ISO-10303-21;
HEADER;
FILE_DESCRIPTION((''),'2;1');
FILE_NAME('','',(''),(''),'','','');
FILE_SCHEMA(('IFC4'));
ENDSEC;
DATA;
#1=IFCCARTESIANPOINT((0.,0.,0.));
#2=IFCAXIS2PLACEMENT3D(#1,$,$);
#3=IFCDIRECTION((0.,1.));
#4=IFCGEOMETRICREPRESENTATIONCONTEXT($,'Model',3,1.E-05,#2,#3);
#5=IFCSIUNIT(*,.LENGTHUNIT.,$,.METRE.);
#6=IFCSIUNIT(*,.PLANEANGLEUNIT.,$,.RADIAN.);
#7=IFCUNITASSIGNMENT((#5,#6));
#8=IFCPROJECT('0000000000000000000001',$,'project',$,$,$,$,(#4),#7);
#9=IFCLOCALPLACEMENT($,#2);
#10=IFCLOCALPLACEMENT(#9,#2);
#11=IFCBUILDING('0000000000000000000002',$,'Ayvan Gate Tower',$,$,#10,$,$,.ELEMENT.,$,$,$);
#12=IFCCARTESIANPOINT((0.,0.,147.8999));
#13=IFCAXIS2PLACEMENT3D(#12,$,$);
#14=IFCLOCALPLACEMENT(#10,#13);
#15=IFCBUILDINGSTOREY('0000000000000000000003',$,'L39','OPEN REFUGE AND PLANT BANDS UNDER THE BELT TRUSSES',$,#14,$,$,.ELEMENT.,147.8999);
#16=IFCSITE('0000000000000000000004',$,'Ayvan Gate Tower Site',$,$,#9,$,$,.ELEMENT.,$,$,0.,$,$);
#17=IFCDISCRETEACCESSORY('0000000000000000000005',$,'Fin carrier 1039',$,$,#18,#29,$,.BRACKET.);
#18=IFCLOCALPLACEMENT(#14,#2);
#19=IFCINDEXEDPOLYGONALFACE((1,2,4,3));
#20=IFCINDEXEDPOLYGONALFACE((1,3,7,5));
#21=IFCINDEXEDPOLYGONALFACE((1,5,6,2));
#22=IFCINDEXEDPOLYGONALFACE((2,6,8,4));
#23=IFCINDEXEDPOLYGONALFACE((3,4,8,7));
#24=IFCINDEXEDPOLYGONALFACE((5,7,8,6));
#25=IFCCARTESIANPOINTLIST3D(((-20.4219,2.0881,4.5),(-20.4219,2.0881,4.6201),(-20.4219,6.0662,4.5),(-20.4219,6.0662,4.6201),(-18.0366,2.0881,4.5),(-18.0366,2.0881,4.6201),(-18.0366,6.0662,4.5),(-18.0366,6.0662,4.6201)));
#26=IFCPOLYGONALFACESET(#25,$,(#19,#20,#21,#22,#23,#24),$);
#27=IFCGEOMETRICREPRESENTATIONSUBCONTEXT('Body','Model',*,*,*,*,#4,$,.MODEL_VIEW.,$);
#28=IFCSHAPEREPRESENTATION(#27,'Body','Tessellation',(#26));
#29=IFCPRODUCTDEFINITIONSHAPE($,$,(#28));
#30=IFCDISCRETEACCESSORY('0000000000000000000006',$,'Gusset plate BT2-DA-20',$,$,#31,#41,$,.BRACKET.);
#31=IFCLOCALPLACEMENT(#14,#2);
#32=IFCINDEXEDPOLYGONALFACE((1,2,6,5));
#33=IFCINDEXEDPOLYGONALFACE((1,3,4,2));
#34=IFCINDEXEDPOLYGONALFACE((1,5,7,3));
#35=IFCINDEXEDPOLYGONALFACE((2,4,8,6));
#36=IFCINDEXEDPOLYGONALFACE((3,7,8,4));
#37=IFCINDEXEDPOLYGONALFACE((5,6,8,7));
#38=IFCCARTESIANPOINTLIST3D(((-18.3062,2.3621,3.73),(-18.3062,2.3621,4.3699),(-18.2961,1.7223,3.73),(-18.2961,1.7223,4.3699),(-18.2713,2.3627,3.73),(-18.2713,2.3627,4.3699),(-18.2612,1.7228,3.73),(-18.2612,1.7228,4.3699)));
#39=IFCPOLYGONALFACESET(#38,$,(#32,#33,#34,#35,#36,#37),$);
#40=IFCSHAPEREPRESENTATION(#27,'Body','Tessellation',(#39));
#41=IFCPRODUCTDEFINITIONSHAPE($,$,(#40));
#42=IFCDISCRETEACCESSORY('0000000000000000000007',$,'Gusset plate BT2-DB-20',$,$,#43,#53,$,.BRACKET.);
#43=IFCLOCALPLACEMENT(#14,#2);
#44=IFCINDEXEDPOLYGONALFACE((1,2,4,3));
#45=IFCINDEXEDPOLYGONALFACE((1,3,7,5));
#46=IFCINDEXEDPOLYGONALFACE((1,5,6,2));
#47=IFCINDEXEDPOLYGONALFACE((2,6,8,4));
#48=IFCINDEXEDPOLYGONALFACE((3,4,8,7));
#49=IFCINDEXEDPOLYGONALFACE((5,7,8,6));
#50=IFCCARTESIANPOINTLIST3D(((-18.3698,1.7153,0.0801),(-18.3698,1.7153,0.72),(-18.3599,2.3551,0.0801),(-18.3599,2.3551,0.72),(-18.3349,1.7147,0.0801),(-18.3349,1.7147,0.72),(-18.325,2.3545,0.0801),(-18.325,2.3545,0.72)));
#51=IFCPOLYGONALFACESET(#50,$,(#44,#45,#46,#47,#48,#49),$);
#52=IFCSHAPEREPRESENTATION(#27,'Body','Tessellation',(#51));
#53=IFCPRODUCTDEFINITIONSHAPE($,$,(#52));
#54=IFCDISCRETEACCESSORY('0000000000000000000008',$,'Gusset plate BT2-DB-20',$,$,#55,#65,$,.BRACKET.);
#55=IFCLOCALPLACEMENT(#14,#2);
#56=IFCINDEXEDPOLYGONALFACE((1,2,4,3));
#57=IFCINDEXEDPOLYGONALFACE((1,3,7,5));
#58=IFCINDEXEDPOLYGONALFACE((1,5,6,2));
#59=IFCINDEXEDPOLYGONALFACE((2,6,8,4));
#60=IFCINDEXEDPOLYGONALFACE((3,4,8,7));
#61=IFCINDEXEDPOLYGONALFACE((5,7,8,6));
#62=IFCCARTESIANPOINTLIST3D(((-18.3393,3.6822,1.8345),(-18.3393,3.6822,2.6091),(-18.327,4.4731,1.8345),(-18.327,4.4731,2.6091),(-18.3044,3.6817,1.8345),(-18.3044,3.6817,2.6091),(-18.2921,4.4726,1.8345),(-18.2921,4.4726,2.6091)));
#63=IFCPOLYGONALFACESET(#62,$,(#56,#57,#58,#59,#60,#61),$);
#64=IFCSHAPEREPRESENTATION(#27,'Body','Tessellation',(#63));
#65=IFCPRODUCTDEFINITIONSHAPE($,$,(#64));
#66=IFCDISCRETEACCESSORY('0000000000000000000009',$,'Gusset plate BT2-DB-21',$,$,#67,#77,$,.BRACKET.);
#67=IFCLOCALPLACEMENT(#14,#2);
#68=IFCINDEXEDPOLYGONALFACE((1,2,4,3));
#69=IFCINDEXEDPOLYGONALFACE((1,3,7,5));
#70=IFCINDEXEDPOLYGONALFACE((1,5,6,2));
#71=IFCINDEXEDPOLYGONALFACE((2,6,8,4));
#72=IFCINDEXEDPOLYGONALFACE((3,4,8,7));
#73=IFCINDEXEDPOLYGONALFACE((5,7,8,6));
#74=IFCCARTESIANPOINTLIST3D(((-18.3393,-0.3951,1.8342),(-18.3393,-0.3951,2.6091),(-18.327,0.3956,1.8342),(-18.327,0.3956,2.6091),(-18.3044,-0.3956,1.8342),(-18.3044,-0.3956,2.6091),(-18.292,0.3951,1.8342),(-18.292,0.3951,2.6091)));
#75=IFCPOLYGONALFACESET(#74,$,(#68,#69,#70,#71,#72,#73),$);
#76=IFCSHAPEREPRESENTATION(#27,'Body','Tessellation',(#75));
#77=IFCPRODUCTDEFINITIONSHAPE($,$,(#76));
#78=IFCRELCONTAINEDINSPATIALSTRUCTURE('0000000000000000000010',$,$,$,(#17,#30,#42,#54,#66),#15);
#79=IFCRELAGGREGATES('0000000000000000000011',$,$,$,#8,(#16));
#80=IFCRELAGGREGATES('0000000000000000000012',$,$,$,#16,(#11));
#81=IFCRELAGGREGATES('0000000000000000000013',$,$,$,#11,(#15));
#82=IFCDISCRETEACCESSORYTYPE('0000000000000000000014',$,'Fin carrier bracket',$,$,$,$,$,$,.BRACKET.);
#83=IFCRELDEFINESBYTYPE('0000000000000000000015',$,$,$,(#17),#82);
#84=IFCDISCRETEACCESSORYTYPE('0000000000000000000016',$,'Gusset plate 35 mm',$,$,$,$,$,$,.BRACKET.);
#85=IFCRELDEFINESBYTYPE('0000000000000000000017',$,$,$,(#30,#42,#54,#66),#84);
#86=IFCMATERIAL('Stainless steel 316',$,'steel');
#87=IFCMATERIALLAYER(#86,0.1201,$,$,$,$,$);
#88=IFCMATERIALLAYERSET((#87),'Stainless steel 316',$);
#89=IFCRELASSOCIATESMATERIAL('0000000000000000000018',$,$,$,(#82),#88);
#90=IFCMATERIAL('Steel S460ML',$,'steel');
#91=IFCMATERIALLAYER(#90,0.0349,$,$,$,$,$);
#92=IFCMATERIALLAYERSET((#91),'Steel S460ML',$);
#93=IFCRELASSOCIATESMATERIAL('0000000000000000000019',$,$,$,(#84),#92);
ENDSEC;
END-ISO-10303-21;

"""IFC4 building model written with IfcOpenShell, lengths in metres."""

from ifc_helpers import new_model, si_unit, direction, frame, origin, origin_2d, place, context, subcontext, project, spatial, rectangle, extrude, material, layer, layer_set, type_object, element, save


model = new_model("IFC4")

# Units and contexts
model_context = context("Model", 3, precision=1e-05, world=origin(), true_north=direction((0.0, 1.0)))
body_context = subcontext(model_context, "Body", "Model", "MODEL_VIEW")
ifc_project = project(units=[si_unit("LENGTHUNIT", "METRE"), si_unit("PLANEANGLEUNIT", "RADIAN")], contexts=[model_context])

# Site, building, storey
site_placement = place(None, origin())
site = spatial("IfcSite", under=ifc_project, at=site_placement, Name="Ayvan Gate Tower Site", CompositionType="ELEMENT", RefElevation=0.0)
building_placement = place(site_placement, origin())
building = spatial("IfcBuilding", under=site, at=building_placement, Name="Ayvan Gate Tower", CompositionType="ELEMENT")
storey_placement = place(building_placement, frame((0.0, 0.0, 147.8999)))
storey = spatial("IfcBuildingStorey", under=building, at=storey_placement, Name="L39", Description="OPEN REFUGE AND PLANT BANDS UNDER THE BELT TRUSSES", CompositionType="ELEMENT", Elevation=147.8999)

# Shared definitions
ifc_material_1 = material(Name="Steel S460ML", Category="steel")

# Discrete accessories
ifc_material_2 = material(Name="Stainless steel 316", Category="steel")
ifc_layer_1 = layer(ifc_material_2, 0.1201)
ifc_layer_set_1 = layer_set([ifc_layer_1], Name="Stainless steel 316")
discrete_accessory_type_1 = type_object("IfcDiscreteAccessoryType", Name="Fin carrier bracket", PredefinedType="BRACKET", material=ifc_layer_set_1)
discrete_accessory_1_placement = place(storey_placement, frame((-19.2292, 4.0771, 4.5), z_axis=(0.0, 0.0, 1.0), x_axis=(0.0, -1.0, 0.0)))
element("IfcDiscreteAccessory", 1, at=discrete_accessory_1_placement, inside=storey, type_object=discrete_accessory_type_1, Name="Fin carrier 1039", PredefinedType="BRACKET", context=body_context, shape_type="SweptSolid", body=[
    extrude(rectangle(XDim=3.978, YDim=2.3853, at=origin_2d()), origin(), (0.0, 0.0, 1.0), 0.1201),
])
ifc_layer_2 = layer(ifc_material_1, 0.0349)
ifc_layer_set_2 = layer_set([ifc_layer_2], Name="Steel S460ML")
discrete_accessory_type_2 = type_object("IfcDiscreteAccessoryType", Name="Gusset plate 35 mm", PredefinedType="BRACKET", material=ifc_layer_set_2)
for number, where, z_axis, x_axis, name in (
    (2, (-18.2837, 2.0425, 3.73), (0.0, 0.0, 1.0), (-0.015679, 0.999877, 0.0), "Gusset plate BT2-DA-20"),
    (3, (-18.3474, 2.0349, 0.0801), (0.0, 0.0, 1.0), (0.015568, 0.999879, 0.0), "Gusset plate BT2-DB-20"),
):
    element("IfcDiscreteAccessory", number, at=place(storey_placement, frame(where, z_axis=z_axis, x_axis=x_axis)), inside=storey, type_object=discrete_accessory_type_2, Name=name, PredefinedType="BRACKET", context=body_context, shape_type="SweptSolid", body=[
        extrude(rectangle(XDim=0.6399, YDim=0.0349, at=origin_2d()), origin(), (0.0, 0.0, 1.0), 0.6399),
    ])
discrete_accessory_2_placement = place(storey_placement, frame((-18.3157, 4.0774, 1.8345), z_axis=(0.0, 0.0, 1.0), x_axis=(0.015568, 0.999879, 0.0)))
element("IfcDiscreteAccessory", 4, at=discrete_accessory_2_placement, inside=storey, type_object=discrete_accessory_type_2, Name="Gusset plate BT2-DB-20", PredefinedType="BRACKET", context=body_context, shape_type="SweptSolid", body=[
    extrude(rectangle(XDim=0.791, YDim=0.0349, at=origin_2d()), origin(), (0.0, 0.0, 1.0), 0.7747),
])
discrete_accessory_3_placement = place(storey_placement, frame((-18.3157, 0.0, 1.8342), z_axis=(0.0, 0.0, 1.0), x_axis=(0.015624, 0.999878, 0.0)))
element("IfcDiscreteAccessory", 5, at=discrete_accessory_3_placement, inside=storey, type_object=discrete_accessory_type_2, Name="Gusset plate BT2-DB-21", PredefinedType="BRACKET", context=body_context, shape_type="SweptSolid", body=[
    extrude(rectangle(XDim=0.7908, YDim=0.0349, at=origin_2d()), origin(), (0.0, 0.0, 1.0), 0.7749),
])

save(model, "model.ifc")
